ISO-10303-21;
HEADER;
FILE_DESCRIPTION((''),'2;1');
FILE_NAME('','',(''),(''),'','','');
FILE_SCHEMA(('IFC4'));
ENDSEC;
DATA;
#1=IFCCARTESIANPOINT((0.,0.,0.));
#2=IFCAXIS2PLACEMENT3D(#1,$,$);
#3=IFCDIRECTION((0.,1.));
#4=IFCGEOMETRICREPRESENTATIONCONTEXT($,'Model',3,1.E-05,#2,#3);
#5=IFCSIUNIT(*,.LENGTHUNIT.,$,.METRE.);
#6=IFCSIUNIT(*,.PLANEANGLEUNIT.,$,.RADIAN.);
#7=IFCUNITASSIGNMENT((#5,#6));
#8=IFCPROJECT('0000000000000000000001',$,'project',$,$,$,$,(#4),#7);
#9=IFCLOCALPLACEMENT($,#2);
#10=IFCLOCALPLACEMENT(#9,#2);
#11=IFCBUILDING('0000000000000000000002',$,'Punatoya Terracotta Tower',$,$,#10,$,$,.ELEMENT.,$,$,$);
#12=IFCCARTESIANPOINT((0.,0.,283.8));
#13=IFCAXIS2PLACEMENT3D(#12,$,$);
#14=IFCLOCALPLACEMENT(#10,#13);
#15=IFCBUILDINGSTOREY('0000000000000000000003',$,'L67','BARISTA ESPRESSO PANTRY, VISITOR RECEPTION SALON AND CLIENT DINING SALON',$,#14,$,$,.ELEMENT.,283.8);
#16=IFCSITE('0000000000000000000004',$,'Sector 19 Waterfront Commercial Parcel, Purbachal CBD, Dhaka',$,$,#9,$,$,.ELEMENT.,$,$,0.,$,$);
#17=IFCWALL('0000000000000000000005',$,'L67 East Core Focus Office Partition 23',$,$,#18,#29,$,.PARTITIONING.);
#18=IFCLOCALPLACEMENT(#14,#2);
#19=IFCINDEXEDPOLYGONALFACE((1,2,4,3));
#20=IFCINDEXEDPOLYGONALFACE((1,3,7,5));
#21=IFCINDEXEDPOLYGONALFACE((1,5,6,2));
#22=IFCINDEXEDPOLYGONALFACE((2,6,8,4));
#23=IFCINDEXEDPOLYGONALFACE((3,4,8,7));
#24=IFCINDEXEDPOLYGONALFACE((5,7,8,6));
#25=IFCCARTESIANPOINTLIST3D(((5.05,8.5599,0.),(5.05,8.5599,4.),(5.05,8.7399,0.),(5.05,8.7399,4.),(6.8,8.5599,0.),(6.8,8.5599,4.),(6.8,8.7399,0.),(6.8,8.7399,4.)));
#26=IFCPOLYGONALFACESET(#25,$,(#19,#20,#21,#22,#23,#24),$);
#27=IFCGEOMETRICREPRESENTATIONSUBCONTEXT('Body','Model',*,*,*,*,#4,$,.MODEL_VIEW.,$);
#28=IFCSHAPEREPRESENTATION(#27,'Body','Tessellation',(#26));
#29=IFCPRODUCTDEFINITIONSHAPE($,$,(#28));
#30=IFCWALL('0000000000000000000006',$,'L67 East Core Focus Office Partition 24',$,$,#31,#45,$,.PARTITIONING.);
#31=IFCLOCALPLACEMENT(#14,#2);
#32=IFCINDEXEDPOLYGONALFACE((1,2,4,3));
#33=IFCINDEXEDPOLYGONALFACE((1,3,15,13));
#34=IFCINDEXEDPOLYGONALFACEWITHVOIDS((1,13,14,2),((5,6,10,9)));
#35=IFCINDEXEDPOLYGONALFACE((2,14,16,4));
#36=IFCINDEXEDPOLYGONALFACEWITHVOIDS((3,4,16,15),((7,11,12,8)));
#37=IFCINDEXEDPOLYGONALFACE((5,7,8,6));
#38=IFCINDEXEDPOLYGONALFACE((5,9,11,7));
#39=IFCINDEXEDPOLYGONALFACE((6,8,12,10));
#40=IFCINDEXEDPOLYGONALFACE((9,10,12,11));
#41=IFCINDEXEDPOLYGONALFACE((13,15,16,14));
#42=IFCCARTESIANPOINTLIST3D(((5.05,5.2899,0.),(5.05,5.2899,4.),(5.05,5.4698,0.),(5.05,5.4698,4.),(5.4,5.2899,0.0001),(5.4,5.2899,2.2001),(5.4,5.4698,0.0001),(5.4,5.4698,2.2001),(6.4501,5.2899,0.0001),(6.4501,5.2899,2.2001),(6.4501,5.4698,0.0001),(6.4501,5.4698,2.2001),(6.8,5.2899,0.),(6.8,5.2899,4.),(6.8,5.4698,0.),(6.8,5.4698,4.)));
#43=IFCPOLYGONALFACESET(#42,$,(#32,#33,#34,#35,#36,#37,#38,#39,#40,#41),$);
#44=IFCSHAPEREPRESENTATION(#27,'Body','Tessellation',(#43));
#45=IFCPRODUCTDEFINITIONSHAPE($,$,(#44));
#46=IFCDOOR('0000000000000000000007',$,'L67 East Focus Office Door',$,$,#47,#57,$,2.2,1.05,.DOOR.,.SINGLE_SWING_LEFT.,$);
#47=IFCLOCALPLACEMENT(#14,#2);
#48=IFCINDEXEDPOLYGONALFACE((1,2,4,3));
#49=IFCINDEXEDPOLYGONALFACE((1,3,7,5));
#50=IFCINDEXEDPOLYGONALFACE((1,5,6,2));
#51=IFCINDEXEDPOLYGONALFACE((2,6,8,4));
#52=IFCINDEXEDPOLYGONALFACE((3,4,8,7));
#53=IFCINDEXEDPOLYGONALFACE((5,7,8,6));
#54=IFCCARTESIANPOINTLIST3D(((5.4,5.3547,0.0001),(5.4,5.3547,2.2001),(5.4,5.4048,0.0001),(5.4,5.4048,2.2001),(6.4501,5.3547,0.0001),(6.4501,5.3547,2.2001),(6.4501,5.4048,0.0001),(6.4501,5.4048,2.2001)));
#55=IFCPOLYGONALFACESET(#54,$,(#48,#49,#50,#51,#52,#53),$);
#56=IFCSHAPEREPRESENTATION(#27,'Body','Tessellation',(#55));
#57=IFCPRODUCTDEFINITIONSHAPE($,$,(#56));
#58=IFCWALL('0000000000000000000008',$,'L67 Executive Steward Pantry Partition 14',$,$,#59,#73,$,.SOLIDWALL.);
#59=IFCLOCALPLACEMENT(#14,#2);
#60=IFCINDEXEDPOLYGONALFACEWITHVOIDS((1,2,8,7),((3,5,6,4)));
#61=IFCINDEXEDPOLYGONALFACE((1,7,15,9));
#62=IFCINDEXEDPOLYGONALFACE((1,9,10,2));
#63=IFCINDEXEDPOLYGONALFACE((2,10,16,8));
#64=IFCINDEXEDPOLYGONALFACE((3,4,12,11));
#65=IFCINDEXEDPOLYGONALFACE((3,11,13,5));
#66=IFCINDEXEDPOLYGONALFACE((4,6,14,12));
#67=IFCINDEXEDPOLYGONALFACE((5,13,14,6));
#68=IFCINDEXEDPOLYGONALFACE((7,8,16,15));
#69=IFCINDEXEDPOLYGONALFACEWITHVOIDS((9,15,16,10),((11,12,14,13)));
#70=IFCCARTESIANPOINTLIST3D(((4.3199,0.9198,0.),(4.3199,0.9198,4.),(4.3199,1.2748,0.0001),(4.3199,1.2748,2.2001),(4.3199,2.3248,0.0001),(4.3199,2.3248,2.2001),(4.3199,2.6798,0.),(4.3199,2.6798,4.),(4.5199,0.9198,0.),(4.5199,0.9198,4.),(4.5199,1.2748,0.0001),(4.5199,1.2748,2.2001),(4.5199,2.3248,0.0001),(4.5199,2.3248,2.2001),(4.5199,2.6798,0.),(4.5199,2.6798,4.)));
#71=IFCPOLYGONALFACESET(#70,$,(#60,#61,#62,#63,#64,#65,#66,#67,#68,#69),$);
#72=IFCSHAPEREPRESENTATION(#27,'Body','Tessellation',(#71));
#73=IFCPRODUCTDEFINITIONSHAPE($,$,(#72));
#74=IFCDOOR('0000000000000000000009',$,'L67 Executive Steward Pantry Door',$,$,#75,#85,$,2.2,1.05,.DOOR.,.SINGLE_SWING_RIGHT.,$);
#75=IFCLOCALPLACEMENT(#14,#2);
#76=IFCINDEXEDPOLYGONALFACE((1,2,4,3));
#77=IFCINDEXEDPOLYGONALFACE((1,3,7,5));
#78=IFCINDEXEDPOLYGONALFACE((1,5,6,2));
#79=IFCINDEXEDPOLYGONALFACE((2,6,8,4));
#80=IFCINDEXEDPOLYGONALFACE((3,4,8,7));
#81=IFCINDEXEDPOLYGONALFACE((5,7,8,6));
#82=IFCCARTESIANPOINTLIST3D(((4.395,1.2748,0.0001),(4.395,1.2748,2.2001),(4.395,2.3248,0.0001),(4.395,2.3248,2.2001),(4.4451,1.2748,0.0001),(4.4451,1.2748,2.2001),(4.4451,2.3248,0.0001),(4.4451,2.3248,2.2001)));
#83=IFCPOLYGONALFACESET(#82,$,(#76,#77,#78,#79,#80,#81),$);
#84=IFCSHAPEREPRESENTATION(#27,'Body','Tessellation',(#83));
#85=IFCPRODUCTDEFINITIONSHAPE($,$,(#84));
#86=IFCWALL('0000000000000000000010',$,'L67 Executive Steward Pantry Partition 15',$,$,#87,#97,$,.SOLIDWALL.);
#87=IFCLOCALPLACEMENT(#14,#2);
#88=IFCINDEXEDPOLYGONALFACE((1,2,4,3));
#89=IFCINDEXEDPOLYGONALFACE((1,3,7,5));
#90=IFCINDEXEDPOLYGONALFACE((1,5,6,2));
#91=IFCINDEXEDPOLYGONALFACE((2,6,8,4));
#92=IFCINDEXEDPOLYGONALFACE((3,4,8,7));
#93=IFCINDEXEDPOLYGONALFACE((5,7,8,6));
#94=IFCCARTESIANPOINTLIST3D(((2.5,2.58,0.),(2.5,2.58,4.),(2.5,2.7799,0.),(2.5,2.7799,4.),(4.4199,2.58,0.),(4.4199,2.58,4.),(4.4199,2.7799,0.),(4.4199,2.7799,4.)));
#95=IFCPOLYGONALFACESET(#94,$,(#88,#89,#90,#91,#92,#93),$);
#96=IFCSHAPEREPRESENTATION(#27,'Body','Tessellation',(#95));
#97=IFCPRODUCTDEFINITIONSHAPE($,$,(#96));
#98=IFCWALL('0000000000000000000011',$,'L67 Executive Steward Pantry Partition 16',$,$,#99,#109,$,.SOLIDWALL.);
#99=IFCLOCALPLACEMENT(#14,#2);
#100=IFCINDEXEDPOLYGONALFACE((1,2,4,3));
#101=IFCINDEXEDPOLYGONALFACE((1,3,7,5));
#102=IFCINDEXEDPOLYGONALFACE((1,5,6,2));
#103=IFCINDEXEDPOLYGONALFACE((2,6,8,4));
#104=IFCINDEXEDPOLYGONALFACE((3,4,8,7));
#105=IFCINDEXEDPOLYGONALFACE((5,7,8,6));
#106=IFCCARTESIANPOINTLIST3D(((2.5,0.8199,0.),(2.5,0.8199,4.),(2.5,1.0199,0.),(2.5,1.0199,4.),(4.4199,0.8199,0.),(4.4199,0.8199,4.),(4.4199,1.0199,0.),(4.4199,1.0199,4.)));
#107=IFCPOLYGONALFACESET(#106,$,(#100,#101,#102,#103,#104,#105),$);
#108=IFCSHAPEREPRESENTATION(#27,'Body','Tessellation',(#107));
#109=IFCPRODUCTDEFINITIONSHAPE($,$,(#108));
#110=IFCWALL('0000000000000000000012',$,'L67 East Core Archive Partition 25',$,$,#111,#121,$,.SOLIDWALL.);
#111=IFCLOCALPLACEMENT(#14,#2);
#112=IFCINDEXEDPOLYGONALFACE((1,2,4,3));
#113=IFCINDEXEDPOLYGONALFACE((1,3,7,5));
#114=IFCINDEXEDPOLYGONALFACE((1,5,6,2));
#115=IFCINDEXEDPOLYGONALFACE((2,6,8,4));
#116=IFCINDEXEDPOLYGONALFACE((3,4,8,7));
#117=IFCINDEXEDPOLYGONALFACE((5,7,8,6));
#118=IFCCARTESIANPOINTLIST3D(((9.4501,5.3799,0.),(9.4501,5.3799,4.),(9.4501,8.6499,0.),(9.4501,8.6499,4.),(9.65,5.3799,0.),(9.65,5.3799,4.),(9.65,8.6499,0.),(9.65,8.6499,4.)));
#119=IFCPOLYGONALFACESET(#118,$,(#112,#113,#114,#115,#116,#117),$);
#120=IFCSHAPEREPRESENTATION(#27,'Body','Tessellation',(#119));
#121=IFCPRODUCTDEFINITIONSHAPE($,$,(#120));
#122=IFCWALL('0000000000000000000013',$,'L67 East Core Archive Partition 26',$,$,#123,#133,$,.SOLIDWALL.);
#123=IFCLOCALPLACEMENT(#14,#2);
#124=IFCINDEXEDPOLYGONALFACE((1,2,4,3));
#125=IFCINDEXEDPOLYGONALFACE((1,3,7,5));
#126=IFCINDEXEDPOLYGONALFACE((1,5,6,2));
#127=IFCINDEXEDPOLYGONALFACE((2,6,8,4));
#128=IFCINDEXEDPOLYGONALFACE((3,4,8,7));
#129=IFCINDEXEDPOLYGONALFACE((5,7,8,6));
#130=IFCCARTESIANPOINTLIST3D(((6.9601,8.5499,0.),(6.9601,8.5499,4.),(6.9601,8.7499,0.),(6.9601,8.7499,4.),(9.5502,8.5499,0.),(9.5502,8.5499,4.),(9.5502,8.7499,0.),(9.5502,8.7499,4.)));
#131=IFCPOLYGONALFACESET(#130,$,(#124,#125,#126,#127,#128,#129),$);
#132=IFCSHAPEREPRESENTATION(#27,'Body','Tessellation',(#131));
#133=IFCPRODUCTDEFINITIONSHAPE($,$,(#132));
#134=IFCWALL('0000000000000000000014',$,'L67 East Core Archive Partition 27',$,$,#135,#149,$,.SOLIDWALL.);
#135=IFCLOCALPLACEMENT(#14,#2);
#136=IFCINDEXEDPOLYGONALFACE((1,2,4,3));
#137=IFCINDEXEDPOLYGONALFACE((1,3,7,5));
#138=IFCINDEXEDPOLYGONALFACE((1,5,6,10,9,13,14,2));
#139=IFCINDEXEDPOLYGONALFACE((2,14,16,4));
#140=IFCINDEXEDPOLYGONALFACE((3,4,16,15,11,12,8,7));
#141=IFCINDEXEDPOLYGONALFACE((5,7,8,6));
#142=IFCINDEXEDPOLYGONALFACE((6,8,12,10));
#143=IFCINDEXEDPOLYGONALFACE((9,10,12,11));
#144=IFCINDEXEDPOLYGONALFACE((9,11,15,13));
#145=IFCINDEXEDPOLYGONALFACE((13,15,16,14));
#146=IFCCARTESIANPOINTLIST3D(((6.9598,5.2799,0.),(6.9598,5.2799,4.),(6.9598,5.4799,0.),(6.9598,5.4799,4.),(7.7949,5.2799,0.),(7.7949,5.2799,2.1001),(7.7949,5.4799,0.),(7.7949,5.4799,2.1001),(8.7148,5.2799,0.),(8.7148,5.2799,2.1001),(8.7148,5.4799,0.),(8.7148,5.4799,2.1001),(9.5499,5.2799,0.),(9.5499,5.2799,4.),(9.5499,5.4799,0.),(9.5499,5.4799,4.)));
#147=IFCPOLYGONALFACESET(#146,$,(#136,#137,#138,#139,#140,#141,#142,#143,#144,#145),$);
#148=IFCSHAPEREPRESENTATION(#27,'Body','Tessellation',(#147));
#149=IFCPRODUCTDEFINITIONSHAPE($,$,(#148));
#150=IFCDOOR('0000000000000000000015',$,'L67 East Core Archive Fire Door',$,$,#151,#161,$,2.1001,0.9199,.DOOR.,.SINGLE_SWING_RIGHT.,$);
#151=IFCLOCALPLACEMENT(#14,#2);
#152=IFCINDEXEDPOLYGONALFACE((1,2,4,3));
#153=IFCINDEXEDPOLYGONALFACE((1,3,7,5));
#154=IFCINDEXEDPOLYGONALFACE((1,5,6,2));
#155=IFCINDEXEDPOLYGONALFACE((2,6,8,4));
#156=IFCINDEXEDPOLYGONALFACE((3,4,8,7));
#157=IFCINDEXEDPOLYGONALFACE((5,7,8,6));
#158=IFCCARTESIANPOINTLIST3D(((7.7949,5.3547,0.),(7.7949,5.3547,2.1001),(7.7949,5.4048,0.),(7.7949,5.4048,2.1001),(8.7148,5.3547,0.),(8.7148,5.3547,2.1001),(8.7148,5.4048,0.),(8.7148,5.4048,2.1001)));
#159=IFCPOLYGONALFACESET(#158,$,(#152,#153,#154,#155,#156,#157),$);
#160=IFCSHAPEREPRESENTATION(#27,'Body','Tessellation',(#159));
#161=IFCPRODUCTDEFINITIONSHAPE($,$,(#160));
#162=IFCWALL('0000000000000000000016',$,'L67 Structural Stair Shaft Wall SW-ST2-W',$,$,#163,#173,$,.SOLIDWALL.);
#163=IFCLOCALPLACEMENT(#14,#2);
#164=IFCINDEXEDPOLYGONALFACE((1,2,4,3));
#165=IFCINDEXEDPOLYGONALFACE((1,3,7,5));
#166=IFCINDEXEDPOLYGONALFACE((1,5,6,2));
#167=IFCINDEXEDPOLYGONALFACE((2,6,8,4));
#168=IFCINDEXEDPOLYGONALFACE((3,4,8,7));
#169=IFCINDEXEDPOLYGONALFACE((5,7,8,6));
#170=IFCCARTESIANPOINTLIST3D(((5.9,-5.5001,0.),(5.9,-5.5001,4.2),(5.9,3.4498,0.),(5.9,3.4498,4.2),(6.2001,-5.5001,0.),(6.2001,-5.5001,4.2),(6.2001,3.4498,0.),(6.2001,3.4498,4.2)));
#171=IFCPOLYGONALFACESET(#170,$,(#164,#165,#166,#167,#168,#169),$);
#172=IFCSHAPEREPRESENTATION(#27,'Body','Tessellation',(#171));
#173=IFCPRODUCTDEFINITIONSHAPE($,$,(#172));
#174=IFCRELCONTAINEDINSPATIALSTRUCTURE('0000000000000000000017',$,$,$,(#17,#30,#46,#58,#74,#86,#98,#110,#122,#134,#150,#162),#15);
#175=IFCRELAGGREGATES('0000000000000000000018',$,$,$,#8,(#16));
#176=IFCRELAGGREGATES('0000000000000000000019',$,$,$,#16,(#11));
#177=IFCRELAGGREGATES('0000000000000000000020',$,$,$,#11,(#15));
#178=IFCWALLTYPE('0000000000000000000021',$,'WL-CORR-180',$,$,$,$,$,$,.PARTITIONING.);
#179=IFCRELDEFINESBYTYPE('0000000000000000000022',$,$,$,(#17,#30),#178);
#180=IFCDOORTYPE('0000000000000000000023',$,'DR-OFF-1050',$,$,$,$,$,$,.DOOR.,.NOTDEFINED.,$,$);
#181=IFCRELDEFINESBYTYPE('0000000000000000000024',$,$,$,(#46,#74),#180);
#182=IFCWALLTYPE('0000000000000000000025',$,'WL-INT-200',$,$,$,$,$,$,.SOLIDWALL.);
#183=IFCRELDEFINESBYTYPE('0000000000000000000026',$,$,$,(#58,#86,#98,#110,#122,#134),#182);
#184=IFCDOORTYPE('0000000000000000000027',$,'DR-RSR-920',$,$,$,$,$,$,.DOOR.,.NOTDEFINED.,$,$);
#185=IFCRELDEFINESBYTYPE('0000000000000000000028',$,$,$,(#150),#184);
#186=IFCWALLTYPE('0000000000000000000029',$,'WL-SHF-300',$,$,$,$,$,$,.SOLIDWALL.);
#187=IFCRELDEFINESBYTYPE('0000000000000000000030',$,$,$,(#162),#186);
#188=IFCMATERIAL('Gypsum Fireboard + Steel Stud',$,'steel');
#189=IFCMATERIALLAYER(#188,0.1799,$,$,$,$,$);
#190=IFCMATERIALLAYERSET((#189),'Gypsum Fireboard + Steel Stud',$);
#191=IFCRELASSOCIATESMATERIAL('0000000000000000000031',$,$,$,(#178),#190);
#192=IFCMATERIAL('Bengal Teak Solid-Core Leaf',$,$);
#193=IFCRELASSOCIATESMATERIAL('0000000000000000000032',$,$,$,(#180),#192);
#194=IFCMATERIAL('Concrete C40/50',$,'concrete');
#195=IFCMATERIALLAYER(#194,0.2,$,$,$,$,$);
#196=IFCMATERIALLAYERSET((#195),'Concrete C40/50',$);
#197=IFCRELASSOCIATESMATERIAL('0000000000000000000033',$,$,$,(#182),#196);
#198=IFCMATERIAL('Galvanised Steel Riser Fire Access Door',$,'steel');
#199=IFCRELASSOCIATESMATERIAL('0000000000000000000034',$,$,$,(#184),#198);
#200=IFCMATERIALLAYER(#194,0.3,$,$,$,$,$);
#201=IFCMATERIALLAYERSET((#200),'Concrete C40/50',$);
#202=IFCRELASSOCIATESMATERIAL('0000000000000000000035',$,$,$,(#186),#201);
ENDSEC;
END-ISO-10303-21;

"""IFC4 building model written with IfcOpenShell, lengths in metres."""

from ifc_helpers import new_model, si_unit, direction, frame, frame_2d, origin, place, context, subcontext, project, spatial, rectangle, extrude, material, layer, layer_set, type_object, element, fill, save


model = new_model("IFC4")

# Units and contexts
model_context = context("Model", 3, precision=1e-05, world=origin(), true_north=direction((0.0, 1.0)))
body_context = subcontext(model_context, "Body", "Model", "MODEL_VIEW")
ifc_project = project(units=[si_unit("LENGTHUNIT", "METRE"), si_unit("PLANEANGLEUNIT", "RADIAN")], contexts=[model_context])

# Site, building, storey
site_placement = place(None, origin())
site = spatial("IfcSite", under=ifc_project, at=site_placement, Name="Sector 19 Waterfront Commercial Parcel, Purbachal CBD, Dhaka", CompositionType="ELEMENT", RefElevation=0.0)
building_placement = place(site_placement, origin())
building = spatial("IfcBuilding", under=site, at=building_placement, Name="Punatoya Terracotta Tower", CompositionType="ELEMENT")
storey_placement = place(building_placement, frame((0.0, 0.0, 283.8)))
storey = spatial("IfcBuildingStorey", under=building, at=storey_placement, Name="L67", Description="BARISTA ESPRESSO PANTRY, VISITOR RECEPTION SALON AND CLIENT DINING SALON", CompositionType="ELEMENT", Elevation=283.8)

# Wall
ifc_material_1 = material(Name="Gypsum Fireboard + Steel Stud", Category="steel")
ifc_layer_1 = layer(ifc_material_1, 0.1799)
ifc_layer_set_1 = layer_set([ifc_layer_1], Name="Gypsum Fireboard + Steel Stud")
wall_type_1 = type_object("IfcWallType", Name="WL-CORR-180", PredefinedType="PARTITIONING", material=ifc_layer_set_1)
wall_1_placement = place(storey_placement, frame((6.8, 8.6499, 0.0), z_axis=(0.0, 0.0, 1.0), x_axis=(-1.0, 0.0, 0.0)))
element("IfcWall", 1, at=wall_1_placement, inside=storey, type_object=wall_type_1, Name="L67 East Core Focus Office Partition 23", PredefinedType="PARTITIONING", context=body_context, shape_type="SweptSolid", body=[
    extrude(rectangle(XDim=1.75, YDim=0.1799, at=frame_2d((0.875, 0.0))), origin(), (0.0, 0.0, 1.0), 4.0),
])

# Walls, openings, doors
wall_2_placement = place(storey_placement, frame((5.05, 5.3799, 0.0), z_axis=(0.0, 0.0, 1.0), x_axis=(1.0, 0.0, 0.0)))
wall_2 = element("IfcWall", 2, at=wall_2_placement, inside=storey, type_object=wall_type_1, Name="L67 East Core Focus Office Partition 24", PredefinedType="PARTITIONING", context=body_context, shape_type="SweptSolid", body=[
    extrude(rectangle(XDim=1.75, YDim=0.1799, at=frame_2d((0.875, 0.0))), origin(), (0.0, 0.0, 1.0), 4.0),
])
opening_1_placement = place(wall_2_placement, frame((0.3501, 0.0, 0.0)))
opening_1 = element("IfcOpeningElement", 3, at=opening_1_placement, cuts=wall_2, PredefinedType="OPENING", context=body_context, shape_type="SweptSolid", body=[
    extrude(rectangle(XDim=1.05, YDim=2.2, at=frame_2d((0.5249, 1.1001))), frame((0.0, 0.0999, 0.0), z_axis=(0.0, -1.0, 0.0), x_axis=(1.0, 0.0, 0.0)), (0.0, 0.0, 1.0), 0.2),
])
ifc_material_2 = material(Name="Bengal Teak Solid-Core Leaf")
door_type_1 = type_object("IfcDoorType", Name="DR-OFF-1050", OperationType="NOTDEFINED", PredefinedType="DOOR", material=ifc_material_2)
door_1_placement = place(opening_1_placement, origin())
door_1 = element("IfcDoor", 4, at=door_1_placement, inside=storey, type_object=door_type_1, Name="L67 East Focus Office Door", OperationType="SINGLE_SWING_LEFT", OverallHeight=2.2, OverallWidth=1.05, PredefinedType="DOOR", context=body_context, shape_type="SweptSolid", body=[
    extrude(rectangle(XDim=1.05, YDim=2.2, at=frame_2d((0.5249, 1.1001))), frame((0.0, 0.0249, 0.0), z_axis=(0.0, -1.0, 0.0), x_axis=(1.0, 0.0, 0.0)), (0.0, 0.0, 1.0), 0.05),
])
fill(opening_1, door_1)
ifc_material_3 = material(Name="Concrete C40/50", Category="concrete")
ifc_layer_2 = layer(ifc_material_3, 0.2)
ifc_layer_set_2 = layer_set([ifc_layer_2], Name="Concrete C40/50")
wall_type_2 = type_object("IfcWallType", Name="WL-INT-200", PredefinedType="SOLIDWALL", material=ifc_layer_set_2)
wall_3_placement = place(storey_placement, frame((4.4199, 0.9199, 0.0), z_axis=(0.0, 0.0, 1.0), x_axis=(0.0, 1.0, 0.0)))
wall_3 = element("IfcWall", 5, at=wall_3_placement, inside=storey, type_object=wall_type_2, Name="L67 Executive Steward Pantry Partition 14", PredefinedType="SOLIDWALL", context=body_context, shape_type="SweptSolid", body=[
    extrude(rectangle(XDim=1.76, YDim=0.2, at=frame_2d((0.8799, 0.0))), origin(), (0.0, 0.0, 1.0), 4.0),
])
opening_2_placement = place(wall_3_placement, frame((0.355, 0.0, 0.0)))
opening_2 = element("IfcOpeningElement", 6, at=opening_2_placement, cuts=wall_3, PredefinedType="OPENING", context=body_context, shape_type="SweptSolid", body=[
    extrude(rectangle(XDim=1.05, YDim=2.2, at=frame_2d((0.5249, 1.1001))), frame((0.0, 0.1099, 0.0), z_axis=(0.0, -1.0, 0.0), x_axis=(1.0, 0.0, 0.0)), (0.0, 0.0, 1.0), 0.22),
])
door_2_placement = place(opening_2_placement, origin())
door_2 = element("IfcDoor", 7, at=door_2_placement, inside=storey, type_object=door_type_1, Name="L67 Executive Steward Pantry Door", OperationType="SINGLE_SWING_RIGHT", OverallHeight=2.2, OverallWidth=1.05, PredefinedType="DOOR", context=body_context, shape_type="SweptSolid", body=[
    extrude(rectangle(XDim=1.05, YDim=2.2, at=frame_2d((0.5249, 1.1001))), frame((0.0, 0.0249, 0.0), z_axis=(0.0, -1.0, 0.0), x_axis=(1.0, 0.0, 0.0)), (0.0, 0.0, 1.0), 0.05),
])
fill(opening_2, door_2)

# Walls
for number, where, z_axis, x_axis, name in (
    (8, (4.4199, 2.6799, 0.0), (0.0, 0.0, 1.0), (-1.0, 0.0, 0.0), "L67 Executive Steward Pantry Partition 15"),
    (9, (2.5, 0.9199, 0.0), (0.0, 0.0, 1.0), (1.0, 0.0, 0.0), "L67 Executive Steward Pantry Partition 16"),
):
    element("IfcWall", number, at=place(storey_placement, frame(where, z_axis=z_axis, x_axis=x_axis)), inside=storey, type_object=wall_type_2, Name=name, PredefinedType="SOLIDWALL", context=body_context, shape_type="SweptSolid", body=[
        extrude(rectangle(XDim=1.9199, YDim=0.2, at=frame_2d((0.96, 0.0))), origin(), (0.0, 0.0, 1.0), 4.0),
    ])
wall_4_placement = place(storey_placement, frame((9.55, 5.3799, 0.0), z_axis=(0.0, 0.0, 1.0), x_axis=(0.0, 1.0, 0.0)))
element("IfcWall", 10, at=wall_4_placement, inside=storey, type_object=wall_type_2, Name="L67 East Core Archive Partition 25", PredefinedType="SOLIDWALL", context=body_context, shape_type="SweptSolid", body=[
    extrude(rectangle(XDim=3.27, YDim=0.2, at=frame_2d((1.635, 0.0))), origin(), (0.0, 0.0, 1.0), 4.0),
])
wall_5_placement = place(storey_placement, frame((9.55, 8.6499, 0.0), z_axis=(0.0, 0.0, 1.0), x_axis=(-1.0, 0.0, 0.0)))
element("IfcWall", 11, at=wall_5_placement, inside=storey, type_object=wall_type_2, Name="L67 East Core Archive Partition 26", PredefinedType="SOLIDWALL", context=body_context, shape_type="SweptSolid", body=[
    extrude(rectangle(XDim=2.5901, YDim=0.2, at=frame_2d((1.2949, 0.0))), origin(), (0.0, 0.0, 1.0), 4.0),
])

# Wall, opening, door
wall_6_placement = place(storey_placement, frame((6.96, 5.3799, 0.0), z_axis=(0.0, 0.0, 1.0), x_axis=(1.0, 0.0, 0.0)))
wall_6 = element("IfcWall", 12, at=wall_6_placement, inside=storey, type_object=wall_type_2, Name="L67 East Core Archive Partition 27", PredefinedType="SOLIDWALL", context=body_context, shape_type="SweptSolid", body=[
    extrude(rectangle(XDim=2.5901, YDim=0.2, at=frame_2d((1.2949, 0.0))), origin(), (0.0, 0.0, 1.0), 4.0),
])
opening_3_placement = place(wall_6_placement, frame((0.835, 0.0, 0.0)))
opening_3 = element("IfcOpeningElement", 13, at=opening_3_placement, cuts=wall_6, PredefinedType="OPENING", context=body_context, shape_type="SweptSolid", body=[
    extrude(rectangle(XDim=0.9199, YDim=2.1001, at=frame_2d((0.46, 1.05))), frame((0.0, 0.1099, 0.0), z_axis=(0.0, -1.0, 0.0), x_axis=(1.0, 0.0, 0.0)), (0.0, 0.0, 1.0), 0.22),
])
ifc_material_4 = material(Name="Galvanised Steel Riser Fire Access Door", Category="steel")
door_type_2 = type_object("IfcDoorType", Name="DR-RSR-920", OperationType="NOTDEFINED", PredefinedType="DOOR", material=ifc_material_4)
door_3_placement = place(opening_3_placement, origin())
door_3 = element("IfcDoor", 14, at=door_3_placement, inside=storey, type_object=door_type_2, Name="L67 East Core Archive Fire Door", OperationType="SINGLE_SWING_RIGHT", OverallHeight=2.1001, OverallWidth=0.9199, PredefinedType="DOOR", context=body_context, shape_type="SweptSolid", body=[
    extrude(rectangle(XDim=0.9199, YDim=2.1001, at=frame_2d((0.46, 1.05))), frame((0.0, 0.0249, 0.0), z_axis=(0.0, -1.0, 0.0), x_axis=(1.0, 0.0, 0.0)), (0.0, 0.0, 1.0), 0.05),
])
fill(opening_3, door_3)

# Wall
ifc_layer_3 = layer(ifc_material_3, 0.3)
ifc_layer_set_3 = layer_set([ifc_layer_3], Name="Concrete C40/50")
wall_type_3 = type_object("IfcWallType", Name="WL-SHF-300", PredefinedType="SOLIDWALL", material=ifc_layer_set_3)
wall_7_placement = place(storey_placement, frame((6.05, 3.45, 0.0), z_axis=(0.0, 0.0, 1.0), x_axis=(0.0, -1.0, 0.0)))
element("IfcWall", 15, at=wall_7_placement, inside=storey, type_object=wall_type_3, Name="L67 Structural Stair Shaft Wall SW-ST2-W", PredefinedType="SOLIDWALL", context=body_context, shape_type="SweptSolid", body=[
    extrude(rectangle(XDim=8.95, YDim=0.3, at=frame_2d((4.4751, 0.0))), origin(), (0.0, 0.0, 1.0), 4.2),
])

save(model, "model.ifc")
